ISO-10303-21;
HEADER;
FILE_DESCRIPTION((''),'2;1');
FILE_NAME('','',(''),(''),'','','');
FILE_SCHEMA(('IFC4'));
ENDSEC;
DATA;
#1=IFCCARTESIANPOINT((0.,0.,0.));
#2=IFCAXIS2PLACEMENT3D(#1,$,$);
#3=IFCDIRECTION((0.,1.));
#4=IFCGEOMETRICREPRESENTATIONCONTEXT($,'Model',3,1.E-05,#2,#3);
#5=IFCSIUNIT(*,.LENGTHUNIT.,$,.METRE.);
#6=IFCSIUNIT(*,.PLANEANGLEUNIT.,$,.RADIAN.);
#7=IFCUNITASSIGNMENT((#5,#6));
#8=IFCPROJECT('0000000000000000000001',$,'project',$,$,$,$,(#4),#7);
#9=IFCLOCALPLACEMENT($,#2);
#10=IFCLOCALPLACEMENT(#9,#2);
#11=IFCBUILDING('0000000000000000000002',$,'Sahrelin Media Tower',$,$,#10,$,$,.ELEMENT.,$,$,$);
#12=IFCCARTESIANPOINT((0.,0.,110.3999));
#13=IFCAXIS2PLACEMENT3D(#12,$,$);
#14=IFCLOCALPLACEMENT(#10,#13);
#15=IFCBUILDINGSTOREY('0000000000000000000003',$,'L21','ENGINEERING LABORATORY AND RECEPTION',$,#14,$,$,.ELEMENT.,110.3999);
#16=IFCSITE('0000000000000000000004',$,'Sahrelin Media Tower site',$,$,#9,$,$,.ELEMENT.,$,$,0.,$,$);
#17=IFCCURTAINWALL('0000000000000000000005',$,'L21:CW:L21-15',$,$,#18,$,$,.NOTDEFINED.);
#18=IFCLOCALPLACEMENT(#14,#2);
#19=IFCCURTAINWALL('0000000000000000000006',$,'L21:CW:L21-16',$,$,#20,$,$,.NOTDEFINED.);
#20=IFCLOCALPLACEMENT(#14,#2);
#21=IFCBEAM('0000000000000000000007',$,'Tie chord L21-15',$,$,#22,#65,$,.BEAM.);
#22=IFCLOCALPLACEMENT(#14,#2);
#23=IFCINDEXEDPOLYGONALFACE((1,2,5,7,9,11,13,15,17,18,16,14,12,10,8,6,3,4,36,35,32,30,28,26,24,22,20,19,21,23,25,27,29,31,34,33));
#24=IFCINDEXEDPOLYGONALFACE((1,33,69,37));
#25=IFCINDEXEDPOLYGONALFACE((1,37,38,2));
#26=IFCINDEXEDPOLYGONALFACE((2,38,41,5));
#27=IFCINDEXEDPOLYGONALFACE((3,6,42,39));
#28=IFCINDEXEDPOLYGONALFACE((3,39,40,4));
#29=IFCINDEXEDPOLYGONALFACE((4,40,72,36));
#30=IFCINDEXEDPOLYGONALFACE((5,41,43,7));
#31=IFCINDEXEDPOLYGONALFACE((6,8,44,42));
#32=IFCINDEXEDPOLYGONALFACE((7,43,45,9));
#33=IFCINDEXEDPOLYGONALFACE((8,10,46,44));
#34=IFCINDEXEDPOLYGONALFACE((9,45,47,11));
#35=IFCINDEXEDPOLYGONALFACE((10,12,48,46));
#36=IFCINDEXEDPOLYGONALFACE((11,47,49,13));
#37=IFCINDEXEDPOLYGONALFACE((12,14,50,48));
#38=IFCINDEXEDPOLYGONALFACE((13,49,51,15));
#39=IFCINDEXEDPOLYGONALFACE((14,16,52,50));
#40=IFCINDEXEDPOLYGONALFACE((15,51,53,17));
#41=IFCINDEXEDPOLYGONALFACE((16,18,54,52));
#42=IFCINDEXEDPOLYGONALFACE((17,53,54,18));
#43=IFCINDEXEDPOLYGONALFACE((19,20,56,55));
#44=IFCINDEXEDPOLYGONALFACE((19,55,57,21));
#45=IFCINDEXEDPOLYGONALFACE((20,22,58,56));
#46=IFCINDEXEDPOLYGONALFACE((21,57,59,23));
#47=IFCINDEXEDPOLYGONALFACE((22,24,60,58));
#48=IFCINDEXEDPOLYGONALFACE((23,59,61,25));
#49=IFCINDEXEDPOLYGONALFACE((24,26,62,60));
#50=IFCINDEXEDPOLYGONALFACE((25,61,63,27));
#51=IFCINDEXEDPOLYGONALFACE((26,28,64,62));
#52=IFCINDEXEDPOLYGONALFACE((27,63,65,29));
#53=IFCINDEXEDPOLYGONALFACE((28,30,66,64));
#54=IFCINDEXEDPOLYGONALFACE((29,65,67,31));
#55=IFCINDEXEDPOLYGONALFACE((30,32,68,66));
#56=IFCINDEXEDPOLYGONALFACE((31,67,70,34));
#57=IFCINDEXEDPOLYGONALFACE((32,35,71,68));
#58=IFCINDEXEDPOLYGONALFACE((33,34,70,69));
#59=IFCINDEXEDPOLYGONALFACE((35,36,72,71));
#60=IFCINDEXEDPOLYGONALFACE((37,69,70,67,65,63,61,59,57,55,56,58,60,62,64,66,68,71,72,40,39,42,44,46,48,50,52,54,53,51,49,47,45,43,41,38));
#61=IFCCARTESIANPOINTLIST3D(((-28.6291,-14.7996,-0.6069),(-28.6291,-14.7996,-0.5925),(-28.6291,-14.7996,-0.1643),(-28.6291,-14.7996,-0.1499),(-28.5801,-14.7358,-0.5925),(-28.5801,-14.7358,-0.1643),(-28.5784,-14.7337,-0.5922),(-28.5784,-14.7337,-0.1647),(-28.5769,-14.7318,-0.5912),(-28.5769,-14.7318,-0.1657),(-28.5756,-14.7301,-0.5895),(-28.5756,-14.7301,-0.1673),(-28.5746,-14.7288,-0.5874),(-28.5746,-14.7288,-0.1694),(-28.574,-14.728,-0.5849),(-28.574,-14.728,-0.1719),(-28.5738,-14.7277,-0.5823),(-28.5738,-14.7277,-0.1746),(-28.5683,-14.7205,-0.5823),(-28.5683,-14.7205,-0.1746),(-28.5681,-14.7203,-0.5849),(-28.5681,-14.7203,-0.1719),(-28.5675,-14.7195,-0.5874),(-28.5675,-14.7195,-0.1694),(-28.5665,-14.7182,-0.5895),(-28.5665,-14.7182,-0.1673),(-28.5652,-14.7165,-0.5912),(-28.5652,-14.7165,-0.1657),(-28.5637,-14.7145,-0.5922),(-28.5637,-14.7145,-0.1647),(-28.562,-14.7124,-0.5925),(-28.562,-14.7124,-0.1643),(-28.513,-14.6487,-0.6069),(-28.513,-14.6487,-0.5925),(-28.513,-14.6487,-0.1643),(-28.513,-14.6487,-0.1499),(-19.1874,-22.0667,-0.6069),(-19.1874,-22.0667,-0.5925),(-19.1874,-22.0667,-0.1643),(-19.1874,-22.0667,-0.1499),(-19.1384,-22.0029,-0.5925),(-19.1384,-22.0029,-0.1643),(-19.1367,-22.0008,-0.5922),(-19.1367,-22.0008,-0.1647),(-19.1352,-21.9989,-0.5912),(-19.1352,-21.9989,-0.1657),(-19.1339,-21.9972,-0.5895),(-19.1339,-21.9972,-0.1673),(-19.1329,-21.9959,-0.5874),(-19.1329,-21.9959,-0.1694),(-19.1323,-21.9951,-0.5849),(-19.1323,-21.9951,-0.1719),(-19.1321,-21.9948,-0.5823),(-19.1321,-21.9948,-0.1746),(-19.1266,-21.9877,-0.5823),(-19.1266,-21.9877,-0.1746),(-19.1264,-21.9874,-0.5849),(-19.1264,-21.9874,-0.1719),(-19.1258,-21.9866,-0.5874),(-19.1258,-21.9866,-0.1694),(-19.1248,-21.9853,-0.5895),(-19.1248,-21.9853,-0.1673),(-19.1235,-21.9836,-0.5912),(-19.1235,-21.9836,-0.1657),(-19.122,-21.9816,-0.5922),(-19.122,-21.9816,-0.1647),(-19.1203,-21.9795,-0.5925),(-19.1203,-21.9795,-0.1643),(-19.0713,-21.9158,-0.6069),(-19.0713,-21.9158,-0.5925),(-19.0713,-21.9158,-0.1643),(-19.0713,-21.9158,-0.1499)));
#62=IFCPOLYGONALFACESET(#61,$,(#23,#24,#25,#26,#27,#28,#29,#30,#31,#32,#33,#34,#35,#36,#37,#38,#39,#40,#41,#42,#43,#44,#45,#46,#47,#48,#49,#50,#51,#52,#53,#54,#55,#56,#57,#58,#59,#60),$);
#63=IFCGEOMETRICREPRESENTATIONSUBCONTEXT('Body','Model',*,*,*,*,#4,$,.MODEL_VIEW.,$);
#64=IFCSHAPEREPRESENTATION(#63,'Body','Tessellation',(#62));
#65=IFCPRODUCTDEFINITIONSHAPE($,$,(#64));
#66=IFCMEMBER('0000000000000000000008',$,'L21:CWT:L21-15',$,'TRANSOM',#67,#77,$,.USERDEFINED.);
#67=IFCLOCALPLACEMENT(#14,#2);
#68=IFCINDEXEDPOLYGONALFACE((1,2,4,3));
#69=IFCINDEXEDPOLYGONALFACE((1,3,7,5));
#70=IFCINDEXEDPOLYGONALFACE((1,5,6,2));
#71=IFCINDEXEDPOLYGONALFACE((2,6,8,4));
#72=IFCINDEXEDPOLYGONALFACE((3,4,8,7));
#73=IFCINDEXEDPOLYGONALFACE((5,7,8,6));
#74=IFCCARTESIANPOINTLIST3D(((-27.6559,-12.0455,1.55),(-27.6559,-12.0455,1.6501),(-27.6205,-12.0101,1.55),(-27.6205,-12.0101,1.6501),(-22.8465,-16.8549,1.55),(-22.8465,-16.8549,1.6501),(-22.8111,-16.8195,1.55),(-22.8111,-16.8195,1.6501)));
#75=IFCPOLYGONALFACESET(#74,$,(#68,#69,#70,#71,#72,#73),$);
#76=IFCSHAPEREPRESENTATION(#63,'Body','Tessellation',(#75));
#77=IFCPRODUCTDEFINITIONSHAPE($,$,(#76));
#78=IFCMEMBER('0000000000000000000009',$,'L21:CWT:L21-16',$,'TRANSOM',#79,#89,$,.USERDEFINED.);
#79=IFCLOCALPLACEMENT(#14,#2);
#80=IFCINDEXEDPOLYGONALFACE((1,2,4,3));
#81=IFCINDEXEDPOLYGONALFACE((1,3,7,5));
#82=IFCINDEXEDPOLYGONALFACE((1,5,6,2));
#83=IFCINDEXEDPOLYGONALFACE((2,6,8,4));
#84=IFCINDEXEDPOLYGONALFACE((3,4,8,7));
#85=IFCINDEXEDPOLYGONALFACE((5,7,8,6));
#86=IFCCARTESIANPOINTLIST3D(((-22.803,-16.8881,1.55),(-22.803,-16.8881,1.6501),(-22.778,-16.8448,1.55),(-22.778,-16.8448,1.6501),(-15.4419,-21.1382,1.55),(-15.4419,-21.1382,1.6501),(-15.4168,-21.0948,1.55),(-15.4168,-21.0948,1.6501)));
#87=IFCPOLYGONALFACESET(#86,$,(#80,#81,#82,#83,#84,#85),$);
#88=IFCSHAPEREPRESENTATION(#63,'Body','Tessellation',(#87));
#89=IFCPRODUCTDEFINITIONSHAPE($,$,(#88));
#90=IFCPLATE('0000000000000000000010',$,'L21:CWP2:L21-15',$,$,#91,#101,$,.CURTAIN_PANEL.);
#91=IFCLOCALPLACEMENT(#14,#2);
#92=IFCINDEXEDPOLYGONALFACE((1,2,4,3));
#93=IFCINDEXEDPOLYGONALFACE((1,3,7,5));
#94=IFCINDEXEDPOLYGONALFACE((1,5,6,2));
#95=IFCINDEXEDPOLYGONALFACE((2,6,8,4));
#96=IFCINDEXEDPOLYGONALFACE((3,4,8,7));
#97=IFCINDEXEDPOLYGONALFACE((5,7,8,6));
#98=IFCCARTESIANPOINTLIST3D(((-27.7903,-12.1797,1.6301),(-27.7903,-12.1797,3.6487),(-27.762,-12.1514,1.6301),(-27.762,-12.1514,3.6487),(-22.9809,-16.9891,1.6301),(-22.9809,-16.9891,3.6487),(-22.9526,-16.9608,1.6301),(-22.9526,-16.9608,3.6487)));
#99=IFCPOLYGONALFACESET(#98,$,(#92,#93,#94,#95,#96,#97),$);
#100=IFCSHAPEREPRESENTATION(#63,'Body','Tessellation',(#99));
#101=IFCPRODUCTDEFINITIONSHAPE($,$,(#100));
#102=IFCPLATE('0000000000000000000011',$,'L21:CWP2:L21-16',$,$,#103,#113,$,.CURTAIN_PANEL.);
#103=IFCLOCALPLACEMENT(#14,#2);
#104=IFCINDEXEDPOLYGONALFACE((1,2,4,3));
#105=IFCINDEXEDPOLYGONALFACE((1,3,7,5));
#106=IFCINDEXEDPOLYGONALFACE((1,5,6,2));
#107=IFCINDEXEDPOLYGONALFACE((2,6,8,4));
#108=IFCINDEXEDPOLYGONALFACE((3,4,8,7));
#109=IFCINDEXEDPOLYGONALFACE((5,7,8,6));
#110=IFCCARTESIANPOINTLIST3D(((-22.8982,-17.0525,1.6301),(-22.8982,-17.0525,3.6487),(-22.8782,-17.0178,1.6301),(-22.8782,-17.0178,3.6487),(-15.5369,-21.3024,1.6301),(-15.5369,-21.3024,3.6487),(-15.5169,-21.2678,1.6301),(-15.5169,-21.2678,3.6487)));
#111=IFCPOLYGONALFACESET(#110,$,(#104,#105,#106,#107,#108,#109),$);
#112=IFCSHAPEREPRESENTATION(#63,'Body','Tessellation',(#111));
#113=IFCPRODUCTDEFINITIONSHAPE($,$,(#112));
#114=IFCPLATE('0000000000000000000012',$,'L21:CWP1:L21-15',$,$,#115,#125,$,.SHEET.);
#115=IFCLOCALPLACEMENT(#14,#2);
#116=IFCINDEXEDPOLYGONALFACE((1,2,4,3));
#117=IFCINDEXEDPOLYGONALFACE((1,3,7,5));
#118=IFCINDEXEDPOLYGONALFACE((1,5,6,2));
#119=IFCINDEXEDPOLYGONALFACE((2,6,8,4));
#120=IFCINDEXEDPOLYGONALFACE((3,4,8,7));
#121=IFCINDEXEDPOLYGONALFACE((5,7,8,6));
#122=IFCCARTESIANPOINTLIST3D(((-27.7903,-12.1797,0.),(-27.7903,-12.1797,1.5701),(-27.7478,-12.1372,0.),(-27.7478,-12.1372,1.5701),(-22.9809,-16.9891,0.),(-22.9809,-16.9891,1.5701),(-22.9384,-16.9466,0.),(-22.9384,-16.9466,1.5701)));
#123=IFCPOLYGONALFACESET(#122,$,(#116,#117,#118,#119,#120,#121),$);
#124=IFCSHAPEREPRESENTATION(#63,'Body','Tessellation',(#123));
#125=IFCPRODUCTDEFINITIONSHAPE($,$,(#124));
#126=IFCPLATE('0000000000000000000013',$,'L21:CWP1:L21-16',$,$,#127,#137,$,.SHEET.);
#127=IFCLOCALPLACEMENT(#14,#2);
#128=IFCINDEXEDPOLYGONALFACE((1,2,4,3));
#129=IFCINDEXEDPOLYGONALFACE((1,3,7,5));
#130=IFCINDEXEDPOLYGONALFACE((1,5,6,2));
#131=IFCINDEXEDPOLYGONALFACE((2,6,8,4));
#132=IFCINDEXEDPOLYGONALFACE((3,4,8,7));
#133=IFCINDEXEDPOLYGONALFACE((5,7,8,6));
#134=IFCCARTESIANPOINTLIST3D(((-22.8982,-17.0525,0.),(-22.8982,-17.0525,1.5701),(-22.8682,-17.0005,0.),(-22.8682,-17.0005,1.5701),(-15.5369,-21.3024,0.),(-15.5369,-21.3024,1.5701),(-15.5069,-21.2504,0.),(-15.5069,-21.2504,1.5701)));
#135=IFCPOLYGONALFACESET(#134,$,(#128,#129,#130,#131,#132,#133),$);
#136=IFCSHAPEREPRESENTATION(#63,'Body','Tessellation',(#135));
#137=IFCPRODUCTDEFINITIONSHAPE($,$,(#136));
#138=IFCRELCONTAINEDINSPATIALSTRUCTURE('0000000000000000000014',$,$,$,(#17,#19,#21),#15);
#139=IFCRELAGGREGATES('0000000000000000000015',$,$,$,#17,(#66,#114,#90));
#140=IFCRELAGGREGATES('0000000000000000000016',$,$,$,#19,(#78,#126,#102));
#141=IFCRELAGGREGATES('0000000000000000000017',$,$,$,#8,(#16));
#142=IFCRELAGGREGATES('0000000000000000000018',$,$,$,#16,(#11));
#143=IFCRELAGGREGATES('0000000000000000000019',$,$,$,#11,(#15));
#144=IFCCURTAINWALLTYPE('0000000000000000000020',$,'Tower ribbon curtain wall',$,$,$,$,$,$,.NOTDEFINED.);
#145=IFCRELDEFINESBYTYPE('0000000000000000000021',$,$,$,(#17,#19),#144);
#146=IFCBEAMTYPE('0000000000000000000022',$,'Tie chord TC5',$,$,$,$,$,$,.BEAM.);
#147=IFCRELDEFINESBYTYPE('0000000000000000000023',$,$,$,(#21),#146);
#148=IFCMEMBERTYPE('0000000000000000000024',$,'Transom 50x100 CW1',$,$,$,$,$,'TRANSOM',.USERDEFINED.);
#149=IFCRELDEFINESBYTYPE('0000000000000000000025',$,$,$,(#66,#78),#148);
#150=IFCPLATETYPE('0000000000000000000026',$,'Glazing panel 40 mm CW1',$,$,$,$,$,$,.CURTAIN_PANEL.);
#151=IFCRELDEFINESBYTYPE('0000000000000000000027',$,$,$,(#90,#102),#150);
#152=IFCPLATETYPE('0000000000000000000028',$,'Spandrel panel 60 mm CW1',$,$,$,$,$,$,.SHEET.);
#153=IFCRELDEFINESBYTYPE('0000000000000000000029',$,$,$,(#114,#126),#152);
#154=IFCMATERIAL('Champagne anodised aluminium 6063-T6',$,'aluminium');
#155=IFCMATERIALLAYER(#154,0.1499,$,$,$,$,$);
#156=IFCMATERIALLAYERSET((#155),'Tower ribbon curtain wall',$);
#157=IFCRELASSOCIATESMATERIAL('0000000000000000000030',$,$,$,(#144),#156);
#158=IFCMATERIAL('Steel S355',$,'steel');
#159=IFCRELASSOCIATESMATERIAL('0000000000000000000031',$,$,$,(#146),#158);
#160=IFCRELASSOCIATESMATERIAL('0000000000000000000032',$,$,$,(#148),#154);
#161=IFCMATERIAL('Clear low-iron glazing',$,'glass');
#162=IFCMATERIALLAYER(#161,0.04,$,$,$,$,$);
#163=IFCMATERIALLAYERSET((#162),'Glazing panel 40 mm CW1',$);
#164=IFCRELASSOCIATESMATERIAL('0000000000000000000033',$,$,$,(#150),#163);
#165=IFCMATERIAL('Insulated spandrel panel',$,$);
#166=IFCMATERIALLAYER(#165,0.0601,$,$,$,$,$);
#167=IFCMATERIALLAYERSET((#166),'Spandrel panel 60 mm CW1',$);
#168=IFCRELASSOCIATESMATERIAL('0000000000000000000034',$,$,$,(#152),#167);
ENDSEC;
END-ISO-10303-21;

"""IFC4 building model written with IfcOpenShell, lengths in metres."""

from ifc_helpers import new_model, si_unit, direction, frame, origin, origin_2d, place, context, subcontext, project, spatial, polyline, rectangle, i_section, outline, extrude, material, layer, layer_set, material_profile, profile_set, type_object, element, aggregate, save


model = new_model("IFC4")

# Units and contexts
model_context = context("Model", 3, precision=1e-05, world=origin(), true_north=direction((0.0, 1.0)))
body_context = subcontext(model_context, "Body", "Model", "MODEL_VIEW")
ifc_project = project(units=[si_unit("LENGTHUNIT", "METRE"), si_unit("PLANEANGLEUNIT", "RADIAN")], contexts=[model_context])

# Site, building, storey
site_placement = place(None, origin())
site = spatial("IfcSite", under=ifc_project, at=site_placement, Name="Sahrelin Media Tower site", CompositionType="ELEMENT", RefElevation=0.0)
building_placement = place(site_placement, origin())
building = spatial("IfcBuilding", under=site, at=building_placement, Name="Sahrelin Media Tower", CompositionType="ELEMENT")
storey_placement = place(building_placement, frame((0.0, 0.0, 110.3999)))
storey = spatial("IfcBuildingStorey", under=building, at=storey_placement, Name="L21", Description="ENGINEERING LABORATORY AND RECEPTION", CompositionType="ELEMENT", Elevation=110.3999)

# Shared definitions
ifc_material_1 = material(Name="Steel S355", Category="steel")

# Curtain walls
ifc_material_2 = material(Name="Champagne anodised aluminium 6063-T6", Category="aluminium")
ifc_layer_1 = layer(ifc_material_2, 0.1499)
ifc_layer_set_1 = layer_set([ifc_layer_1], Name="Tower ribbon curtain wall")
curtain_wall_type = type_object("IfcCurtainWallType", Name="Tower ribbon curtain wall", PredefinedType="NOTDEFINED", material=ifc_layer_set_1)
curtain_wall_1_placement = place(storey_placement, frame((-25.3713, -14.5703, 0.0), z_axis=(0.0, 0.0, 1.0), x_axis=(1.0, 0.0, 0.0)))
curtain_wall_1 = element("IfcCurtainWall", 1, at=curtain_wall_1_placement, inside=storey, type_object=curtain_wall_type, Name="L21:CW:L21-15", PredefinedType="NOTDEFINED")
curtain_wall_2_placement = place(storey_placement, frame((-19.2075, -19.1604, 0.0), z_axis=(0.0, 0.0, 1.0), x_axis=(1.0, 0.0, 0.0)))
curtain_wall_2 = element("IfcCurtainWall", 2, at=curtain_wall_2_placement, inside=storey, type_object=curtain_wall_type, Name="L21:CW:L21-16", PredefinedType="NOTDEFINED")

# Beam
ifc_material_profile_1 = material_profile(ifc_material_1, i_section(OverallWidth=0.1904, OverallDepth=0.457, WebThickness=0.009, FlangeThickness=0.0144, FilletRadius=0.0103, at=origin_2d()), Name="UB 457x191x74")
ifc_profile_set_1 = profile_set([ifc_material_profile_1], Name="Steel S355")
beam_type_1 = type_object("IfcBeamType", Name="Tie chord TC5", PredefinedType="BEAM", material=ifc_profile_set_1)
beam_1_placement = place(storey_placement, frame((-28.571, -14.7241, -0.3784), z_axis=(0.79245, -0.609937, 0.0), x_axis=(0.609937, 0.79245, 0.0)))
element("IfcBeam", 3, at=beam_1_placement, inside=storey, type_object=beam_type_1, Name="Tie chord L21-15", PredefinedType="BEAM", context=body_context, shape_type="SweptSolid", body=[
    extrude(i_section(OverallWidth=0.1904, OverallDepth=0.457, WebThickness=0.009, FlangeThickness=0.0144, FilletRadius=0.0103, at=origin_2d()), origin(), (0.0, 0.0, 1.0), 11.9146),
])

# Members
ifc_material_profile_2 = material_profile(ifc_material_2, rectangle(XDim=0.05, YDim=0.1001, at=origin_2d()), Name="Transom 50x100")
ifc_profile_set_2 = profile_set([ifc_material_profile_2], Name="Champagne anodised aluminium 6063-T6")
member_type_1 = type_object("IfcMemberType", Name="Transom 50x100 CW1", ElementType="TRANSOM", PredefinedType="USERDEFINED", material=ifc_profile_set_2)
member_1_placement = place(storey_placement, frame((-27.6382, -12.0278, 1.6001), z_axis=(0.707107, -0.707107, 0.0), x_axis=(0.707107, 0.707107, 0.0)))
member_1 = element("IfcMember", 4, at=member_1_placement, type_object=member_type_1, Name="L21:CWT:L21-15", ObjectType="TRANSOM", PredefinedType="USERDEFINED", context=body_context, shape_type="SweptSolid", body=[
    extrude(rectangle(XDim=0.05, YDim=0.1001, at=origin_2d()), origin(), (0.0, 0.0, 1.0), 6.8015),
])
member_2_placement = place(storey_placement, frame((-22.7905, -16.8665, 1.6001), z_axis=(0.866022, -0.500007, 0.0), x_axis=(0.500007, 0.866022, 0.0)))
member_2 = element("IfcMember", 5, at=member_2_placement, type_object=member_type_1, Name="L21:CWT:L21-16", ObjectType="TRANSOM", PredefinedType="USERDEFINED", context=body_context, shape_type="SweptSolid", body=[
    extrude(rectangle(XDim=0.05, YDim=0.1001, at=origin_2d()), origin(), (0.0, 0.0, 1.0), 8.5),
])

# Plates
ifc_material_3 = material(Name="Clear low-iron glazing", Category="glass")
ifc_layer_2 = layer(ifc_material_3, 0.04)
ifc_layer_set_2 = layer_set([ifc_layer_2], Name="Glazing panel 40 mm CW1")
plate_type_1 = type_object("IfcPlateType", Name="Glazing panel 40 mm CW1", PredefinedType="CURTAIN_PANEL", material=ifc_layer_set_2)
plate_1_placement = place(storey_placement, frame((-27.7903, -12.1797, 1.6301), z_axis=(-0.707107, -0.707107, 0.0), x_axis=(0.707107, -0.707107, 0.0)))
plate_1 = element("IfcPlate", 6, at=plate_1_placement, type_object=plate_type_1, Name="L21:CWP2:L21-15", PredefinedType="CURTAIN_PANEL", context=body_context, shape_type="SweptSolid", body=[
    extrude(outline(polyline([(0.0, 0.0), (6.8015, 0.0), (6.8015, 2.0186), (0.0, 2.0186), (0.0, 0.0)])), origin(), (0.0, 0.0, -1.0), 0.04),
])
plate_2_placement = place(storey_placement, frame((-22.8982, -17.0525, 1.6301), z_axis=(-0.499994, -0.866029, 0.0), x_axis=(0.866029, -0.499994, 0.0)))
plate_2 = element("IfcPlate", 7, at=plate_2_placement, type_object=plate_type_1, Name="L21:CWP2:L21-16", PredefinedType="CURTAIN_PANEL", context=body_context, shape_type="SweptSolid", body=[
    extrude(outline(polyline([(0.0, 0.0), (8.5, 0.0), (8.5, 2.0186), (0.0, 2.0186), (0.0, 0.0)])), origin(), (0.0, 0.0, -1.0), 0.04),
])
ifc_material_4 = material(Name="Insulated spandrel panel")
ifc_layer_3 = layer(ifc_material_4, 0.0601)
ifc_layer_set_3 = layer_set([ifc_layer_3], Name="Spandrel panel 60 mm CW1")
plate_type_2 = type_object("IfcPlateType", Name="Spandrel panel 60 mm CW1", PredefinedType="SHEET", material=ifc_layer_set_3)
plate_3_placement = place(storey_placement, frame((-27.7903, -12.1797, 0.0), z_axis=(-0.707107, -0.707107, 0.0), x_axis=(0.707107, -0.707107, 0.0)))
plate_3 = element("IfcPlate", 8, at=plate_3_placement, type_object=plate_type_2, Name="L21:CWP1:L21-15", PredefinedType="SHEET", context=body_context, shape_type="SweptSolid", body=[
    extrude(outline(polyline([(0.0, 0.0), (6.8015, 0.0), (6.8015, 1.5701), (0.0, 1.5701), (0.0, 0.0)])), origin(), (0.0, 0.0, -1.0), 0.0601),
])
aggregate(curtain_wall_1, [member_1, plate_3, plate_1])
plate_4_placement = place(storey_placement, frame((-22.8982, -17.0525, 0.0), z_axis=(-0.499994, -0.866029, 0.0), x_axis=(0.866029, -0.499994, 0.0)))
plate_4 = element("IfcPlate", 9, at=plate_4_placement, type_object=plate_type_2, Name="L21:CWP1:L21-16", PredefinedType="SHEET", context=body_context, shape_type="SweptSolid", body=[
    extrude(outline(polyline([(0.0, 0.0), (8.5, 0.0), (8.5, 1.5701), (0.0, 1.5701), (0.0, 0.0)])), origin(), (0.0, 0.0, -1.0), 0.0601),
])
aggregate(curtain_wall_2, [member_2, plate_4, plate_2])

save(model, "model.ifc")
